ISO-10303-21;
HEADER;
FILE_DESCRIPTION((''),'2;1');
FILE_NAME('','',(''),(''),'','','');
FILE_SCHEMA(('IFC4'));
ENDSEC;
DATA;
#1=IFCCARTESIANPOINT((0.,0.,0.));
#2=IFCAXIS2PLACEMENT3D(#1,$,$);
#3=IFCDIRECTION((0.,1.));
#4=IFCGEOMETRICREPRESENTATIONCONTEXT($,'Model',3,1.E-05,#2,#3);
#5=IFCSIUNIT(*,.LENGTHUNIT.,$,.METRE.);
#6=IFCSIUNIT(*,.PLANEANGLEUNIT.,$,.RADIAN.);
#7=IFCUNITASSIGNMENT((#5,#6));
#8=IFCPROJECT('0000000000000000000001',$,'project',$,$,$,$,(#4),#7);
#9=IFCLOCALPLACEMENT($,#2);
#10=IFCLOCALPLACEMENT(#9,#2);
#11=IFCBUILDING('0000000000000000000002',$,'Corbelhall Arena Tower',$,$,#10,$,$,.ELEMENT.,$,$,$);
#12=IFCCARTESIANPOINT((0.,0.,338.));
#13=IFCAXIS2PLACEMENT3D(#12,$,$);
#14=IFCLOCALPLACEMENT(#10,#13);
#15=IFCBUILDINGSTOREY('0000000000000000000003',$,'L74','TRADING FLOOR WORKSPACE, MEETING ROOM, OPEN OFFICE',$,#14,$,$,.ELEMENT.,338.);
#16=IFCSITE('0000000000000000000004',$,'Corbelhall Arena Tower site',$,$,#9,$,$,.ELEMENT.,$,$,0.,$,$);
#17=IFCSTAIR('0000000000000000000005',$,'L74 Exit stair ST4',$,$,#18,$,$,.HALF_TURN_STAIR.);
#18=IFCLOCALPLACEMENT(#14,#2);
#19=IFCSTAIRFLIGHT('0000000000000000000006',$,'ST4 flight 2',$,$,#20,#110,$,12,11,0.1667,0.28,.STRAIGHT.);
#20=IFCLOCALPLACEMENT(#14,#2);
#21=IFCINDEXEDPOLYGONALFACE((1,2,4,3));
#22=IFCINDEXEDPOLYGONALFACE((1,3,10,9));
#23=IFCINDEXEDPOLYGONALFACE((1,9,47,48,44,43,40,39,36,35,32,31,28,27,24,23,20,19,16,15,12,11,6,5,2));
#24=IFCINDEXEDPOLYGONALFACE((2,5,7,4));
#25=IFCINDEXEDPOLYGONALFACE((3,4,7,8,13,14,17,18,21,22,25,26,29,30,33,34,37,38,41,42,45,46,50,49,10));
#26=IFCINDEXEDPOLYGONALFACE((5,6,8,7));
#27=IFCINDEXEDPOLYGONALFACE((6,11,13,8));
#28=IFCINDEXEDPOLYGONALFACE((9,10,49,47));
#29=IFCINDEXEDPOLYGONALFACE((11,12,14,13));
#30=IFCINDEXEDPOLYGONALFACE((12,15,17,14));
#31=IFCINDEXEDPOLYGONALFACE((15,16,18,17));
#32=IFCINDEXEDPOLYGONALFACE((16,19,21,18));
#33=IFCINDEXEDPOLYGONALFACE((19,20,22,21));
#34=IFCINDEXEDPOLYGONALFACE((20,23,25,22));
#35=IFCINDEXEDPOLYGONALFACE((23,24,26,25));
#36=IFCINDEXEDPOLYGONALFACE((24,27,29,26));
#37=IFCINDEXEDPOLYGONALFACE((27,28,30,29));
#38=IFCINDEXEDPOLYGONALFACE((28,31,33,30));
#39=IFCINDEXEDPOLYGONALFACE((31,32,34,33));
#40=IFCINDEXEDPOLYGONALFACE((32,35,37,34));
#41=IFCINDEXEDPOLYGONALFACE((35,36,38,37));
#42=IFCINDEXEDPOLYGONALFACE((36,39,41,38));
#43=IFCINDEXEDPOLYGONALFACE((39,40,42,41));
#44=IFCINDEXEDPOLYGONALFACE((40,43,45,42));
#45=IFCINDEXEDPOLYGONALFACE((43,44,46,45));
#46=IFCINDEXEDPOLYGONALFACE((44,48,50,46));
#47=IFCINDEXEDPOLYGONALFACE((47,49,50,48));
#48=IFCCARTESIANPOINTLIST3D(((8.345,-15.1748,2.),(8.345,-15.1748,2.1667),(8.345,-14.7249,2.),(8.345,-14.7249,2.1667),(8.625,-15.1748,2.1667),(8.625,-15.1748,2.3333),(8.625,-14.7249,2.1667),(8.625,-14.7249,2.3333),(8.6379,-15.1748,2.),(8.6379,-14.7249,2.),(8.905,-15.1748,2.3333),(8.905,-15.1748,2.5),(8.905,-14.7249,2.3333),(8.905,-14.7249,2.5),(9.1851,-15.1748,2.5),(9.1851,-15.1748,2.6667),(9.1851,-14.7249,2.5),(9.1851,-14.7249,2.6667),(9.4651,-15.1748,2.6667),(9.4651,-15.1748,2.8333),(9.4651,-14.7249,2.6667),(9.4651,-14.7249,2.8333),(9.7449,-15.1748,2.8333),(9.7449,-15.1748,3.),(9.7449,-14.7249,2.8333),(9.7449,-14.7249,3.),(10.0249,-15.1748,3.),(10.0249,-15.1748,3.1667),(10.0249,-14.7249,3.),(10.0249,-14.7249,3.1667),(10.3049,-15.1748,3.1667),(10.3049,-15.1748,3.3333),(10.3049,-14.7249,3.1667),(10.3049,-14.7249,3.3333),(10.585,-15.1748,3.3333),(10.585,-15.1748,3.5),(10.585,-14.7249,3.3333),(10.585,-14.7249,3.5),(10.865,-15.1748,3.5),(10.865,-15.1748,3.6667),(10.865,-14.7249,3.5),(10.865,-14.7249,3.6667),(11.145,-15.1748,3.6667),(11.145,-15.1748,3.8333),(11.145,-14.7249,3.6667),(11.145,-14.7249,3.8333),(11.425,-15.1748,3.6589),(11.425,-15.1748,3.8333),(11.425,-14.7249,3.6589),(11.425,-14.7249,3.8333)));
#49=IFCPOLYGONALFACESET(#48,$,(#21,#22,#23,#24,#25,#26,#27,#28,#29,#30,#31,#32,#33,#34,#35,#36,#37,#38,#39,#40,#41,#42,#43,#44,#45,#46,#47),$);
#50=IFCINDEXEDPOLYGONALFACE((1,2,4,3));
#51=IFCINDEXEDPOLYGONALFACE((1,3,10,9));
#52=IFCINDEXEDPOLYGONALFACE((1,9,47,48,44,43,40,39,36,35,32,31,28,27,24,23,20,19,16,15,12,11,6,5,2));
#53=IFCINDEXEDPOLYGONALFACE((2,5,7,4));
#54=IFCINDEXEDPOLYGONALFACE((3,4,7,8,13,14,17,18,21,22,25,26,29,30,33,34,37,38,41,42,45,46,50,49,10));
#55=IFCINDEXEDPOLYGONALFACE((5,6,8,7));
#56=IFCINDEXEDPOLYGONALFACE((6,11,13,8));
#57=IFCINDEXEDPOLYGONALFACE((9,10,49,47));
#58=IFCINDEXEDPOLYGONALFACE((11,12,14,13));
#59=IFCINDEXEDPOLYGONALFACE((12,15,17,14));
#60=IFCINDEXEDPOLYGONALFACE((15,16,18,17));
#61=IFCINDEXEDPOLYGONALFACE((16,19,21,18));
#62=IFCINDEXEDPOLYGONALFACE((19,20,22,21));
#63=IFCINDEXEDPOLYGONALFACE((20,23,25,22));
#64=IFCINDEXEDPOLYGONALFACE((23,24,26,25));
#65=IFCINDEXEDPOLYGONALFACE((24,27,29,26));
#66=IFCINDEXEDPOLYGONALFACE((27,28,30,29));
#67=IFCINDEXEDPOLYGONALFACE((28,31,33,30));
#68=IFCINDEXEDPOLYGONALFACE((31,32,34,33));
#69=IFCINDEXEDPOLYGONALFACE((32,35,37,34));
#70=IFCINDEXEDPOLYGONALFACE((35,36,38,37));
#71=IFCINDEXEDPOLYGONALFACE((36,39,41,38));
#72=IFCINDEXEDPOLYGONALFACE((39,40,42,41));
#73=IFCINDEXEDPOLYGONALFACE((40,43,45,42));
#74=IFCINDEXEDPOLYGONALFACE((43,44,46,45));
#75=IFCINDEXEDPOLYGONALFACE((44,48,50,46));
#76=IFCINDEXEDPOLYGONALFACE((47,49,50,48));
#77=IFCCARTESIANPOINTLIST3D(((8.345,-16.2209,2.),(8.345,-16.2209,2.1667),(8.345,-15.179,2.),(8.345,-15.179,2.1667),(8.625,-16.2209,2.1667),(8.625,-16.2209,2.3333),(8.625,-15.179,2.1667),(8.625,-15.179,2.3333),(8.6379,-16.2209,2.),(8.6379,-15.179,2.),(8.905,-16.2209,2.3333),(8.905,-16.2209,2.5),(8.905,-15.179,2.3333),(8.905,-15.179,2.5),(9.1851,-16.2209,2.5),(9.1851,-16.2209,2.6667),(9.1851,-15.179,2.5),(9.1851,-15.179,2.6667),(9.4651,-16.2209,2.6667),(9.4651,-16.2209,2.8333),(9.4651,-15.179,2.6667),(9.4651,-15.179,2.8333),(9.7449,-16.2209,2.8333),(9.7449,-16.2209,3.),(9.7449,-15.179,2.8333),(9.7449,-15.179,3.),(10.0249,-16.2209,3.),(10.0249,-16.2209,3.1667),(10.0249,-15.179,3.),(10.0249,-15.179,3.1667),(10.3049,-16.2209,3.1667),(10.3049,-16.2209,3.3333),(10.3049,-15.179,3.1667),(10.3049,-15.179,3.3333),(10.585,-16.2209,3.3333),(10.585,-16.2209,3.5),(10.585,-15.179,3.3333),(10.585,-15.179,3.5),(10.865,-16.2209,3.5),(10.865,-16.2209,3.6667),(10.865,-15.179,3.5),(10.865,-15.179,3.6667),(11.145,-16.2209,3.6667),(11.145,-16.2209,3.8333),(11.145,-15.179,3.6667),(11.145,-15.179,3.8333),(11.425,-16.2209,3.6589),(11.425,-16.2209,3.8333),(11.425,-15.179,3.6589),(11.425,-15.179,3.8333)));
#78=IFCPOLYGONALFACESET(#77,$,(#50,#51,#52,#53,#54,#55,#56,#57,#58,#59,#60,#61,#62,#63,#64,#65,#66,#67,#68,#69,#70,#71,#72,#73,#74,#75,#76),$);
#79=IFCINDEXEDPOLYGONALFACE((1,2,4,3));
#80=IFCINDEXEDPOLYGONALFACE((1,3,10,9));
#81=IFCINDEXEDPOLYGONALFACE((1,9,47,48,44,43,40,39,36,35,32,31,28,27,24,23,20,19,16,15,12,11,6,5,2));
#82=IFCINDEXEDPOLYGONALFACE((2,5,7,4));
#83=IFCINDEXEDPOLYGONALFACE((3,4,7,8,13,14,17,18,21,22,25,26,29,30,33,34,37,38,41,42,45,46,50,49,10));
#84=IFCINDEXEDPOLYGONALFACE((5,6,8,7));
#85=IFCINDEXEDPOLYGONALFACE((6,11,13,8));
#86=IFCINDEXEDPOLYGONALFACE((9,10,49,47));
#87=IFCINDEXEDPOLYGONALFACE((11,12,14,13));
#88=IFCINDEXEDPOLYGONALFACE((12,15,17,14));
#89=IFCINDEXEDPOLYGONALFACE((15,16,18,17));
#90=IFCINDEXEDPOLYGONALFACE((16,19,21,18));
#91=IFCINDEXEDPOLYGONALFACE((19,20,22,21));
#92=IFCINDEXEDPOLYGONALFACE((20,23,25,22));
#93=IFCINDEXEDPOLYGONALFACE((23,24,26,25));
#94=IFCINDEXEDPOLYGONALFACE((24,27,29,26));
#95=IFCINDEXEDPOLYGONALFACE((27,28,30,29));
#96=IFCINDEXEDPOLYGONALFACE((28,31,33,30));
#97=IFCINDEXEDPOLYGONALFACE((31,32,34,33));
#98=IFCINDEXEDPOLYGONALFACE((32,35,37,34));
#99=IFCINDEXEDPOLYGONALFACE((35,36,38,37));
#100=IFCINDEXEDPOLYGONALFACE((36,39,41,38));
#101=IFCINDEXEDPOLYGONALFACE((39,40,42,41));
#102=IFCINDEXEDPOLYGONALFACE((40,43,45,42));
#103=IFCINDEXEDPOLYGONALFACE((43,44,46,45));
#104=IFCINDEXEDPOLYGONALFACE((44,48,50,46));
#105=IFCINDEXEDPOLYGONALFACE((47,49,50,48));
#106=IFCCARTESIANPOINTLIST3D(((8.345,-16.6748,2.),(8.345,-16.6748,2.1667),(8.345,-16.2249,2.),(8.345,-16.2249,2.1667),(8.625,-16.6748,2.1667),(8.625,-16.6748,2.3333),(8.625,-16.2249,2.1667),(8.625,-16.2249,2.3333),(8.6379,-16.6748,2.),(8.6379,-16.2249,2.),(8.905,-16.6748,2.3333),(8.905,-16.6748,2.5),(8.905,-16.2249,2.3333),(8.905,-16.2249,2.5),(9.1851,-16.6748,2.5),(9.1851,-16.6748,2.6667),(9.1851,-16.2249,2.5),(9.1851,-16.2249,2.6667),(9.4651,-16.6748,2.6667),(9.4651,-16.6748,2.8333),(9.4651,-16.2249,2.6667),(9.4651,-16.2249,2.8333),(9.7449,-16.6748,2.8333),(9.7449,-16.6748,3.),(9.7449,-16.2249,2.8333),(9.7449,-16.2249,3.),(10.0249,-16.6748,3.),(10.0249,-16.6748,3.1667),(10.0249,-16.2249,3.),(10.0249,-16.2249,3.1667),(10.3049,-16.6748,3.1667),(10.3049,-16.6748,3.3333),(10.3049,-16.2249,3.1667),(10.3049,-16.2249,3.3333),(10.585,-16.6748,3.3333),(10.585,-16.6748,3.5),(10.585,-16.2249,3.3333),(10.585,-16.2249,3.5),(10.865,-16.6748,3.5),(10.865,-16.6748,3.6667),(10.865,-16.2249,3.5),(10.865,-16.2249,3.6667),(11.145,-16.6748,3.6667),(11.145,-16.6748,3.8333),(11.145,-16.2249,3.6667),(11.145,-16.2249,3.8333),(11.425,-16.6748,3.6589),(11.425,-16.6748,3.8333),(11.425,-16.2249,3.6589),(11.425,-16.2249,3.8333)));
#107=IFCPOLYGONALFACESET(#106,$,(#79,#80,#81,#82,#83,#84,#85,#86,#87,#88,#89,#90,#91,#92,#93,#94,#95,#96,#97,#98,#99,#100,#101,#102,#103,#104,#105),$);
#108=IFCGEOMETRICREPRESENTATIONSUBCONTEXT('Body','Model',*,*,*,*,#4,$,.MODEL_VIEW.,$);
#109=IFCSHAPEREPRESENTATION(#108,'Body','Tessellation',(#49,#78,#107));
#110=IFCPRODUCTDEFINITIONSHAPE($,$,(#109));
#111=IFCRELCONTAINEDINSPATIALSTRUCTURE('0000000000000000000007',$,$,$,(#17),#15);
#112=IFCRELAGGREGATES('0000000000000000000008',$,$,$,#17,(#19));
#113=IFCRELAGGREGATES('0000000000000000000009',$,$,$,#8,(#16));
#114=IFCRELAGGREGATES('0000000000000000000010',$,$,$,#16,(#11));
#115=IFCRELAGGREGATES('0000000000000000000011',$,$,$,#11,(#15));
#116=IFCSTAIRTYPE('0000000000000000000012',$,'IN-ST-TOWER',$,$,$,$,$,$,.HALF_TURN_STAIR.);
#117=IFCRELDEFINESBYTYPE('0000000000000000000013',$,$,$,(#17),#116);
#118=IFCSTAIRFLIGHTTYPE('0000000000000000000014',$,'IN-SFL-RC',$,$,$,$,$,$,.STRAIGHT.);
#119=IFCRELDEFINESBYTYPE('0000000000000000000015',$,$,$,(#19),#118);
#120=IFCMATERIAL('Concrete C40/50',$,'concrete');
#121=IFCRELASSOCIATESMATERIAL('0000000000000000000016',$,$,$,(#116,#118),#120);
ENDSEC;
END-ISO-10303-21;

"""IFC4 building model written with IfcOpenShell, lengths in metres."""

from ifc_helpers import new_model, si_unit, direction, frame, origin, place, context, subcontext, project, spatial, polyline, outline, extrude, material, type_object, element, aggregate, save


model = new_model("IFC4")

# Units and contexts
model_context = context("Model", 3, precision=1e-05, world=origin(), true_north=direction((0.0, 1.0)))
body_context = subcontext(model_context, "Body", "Model", "MODEL_VIEW")
ifc_project = project(units=[si_unit("LENGTHUNIT", "METRE"), si_unit("PLANEANGLEUNIT", "RADIAN")], contexts=[model_context])

# Site, building, storey
site_placement = place(None, origin())
site = spatial("IfcSite", under=ifc_project, at=site_placement, Name="Corbelhall Arena Tower site", CompositionType="ELEMENT", RefElevation=0.0)
building_placement = place(site_placement, origin())
building = spatial("IfcBuilding", under=site, at=building_placement, Name="Corbelhall Arena Tower", CompositionType="ELEMENT")
storey_placement = place(building_placement, frame((0.0, 0.0, 338.0)))
storey = spatial("IfcBuildingStorey", under=building, at=storey_placement, Name="L74", Description="TRADING FLOOR WORKSPACE, MEETING ROOM, OPEN OFFICE", CompositionType="ELEMENT", Elevation=338.0)

# Shared definitions
ifc_material_1 = material(Name="Concrete C40/50", Category="concrete")

# Stair, stair flight
stair_type = type_object("IfcStairType", Name="IN-ST-TOWER", PredefinedType="HALF_TURN_STAIR", material=ifc_material_1)
stair_placement = place(storey_placement, origin())
stair = element("IfcStair", 1, at=stair_placement, inside=storey, type_object=stair_type, Name="L74 Exit stair ST4", PredefinedType="HALF_TURN_STAIR")
stair_flight_type = type_object("IfcStairFlightType", Name="IN-SFL-RC", PredefinedType="STRAIGHT", material=ifc_material_1)
stair_flight_1_placement = place(storey_placement, frame((8.345, -15.7, 2.0), z_axis=(0.0, 0.0, 1.0), x_axis=(1.0, 0.0, 0.0)))
stair_flight_1 = element("IfcStairFlight", 2, at=stair_flight_1_placement, type_object=stair_flight_type, Name="ST4 flight 2", NumberOfRisers=12, NumberOfTreads=11, PredefinedType="STRAIGHT", RiserHeight=0.1667, TreadLength=0.28, context=body_context, shape_type="SweptSolid", body=[
    extrude(outline(polyline([(0.0, 0.0), (0.0, 0.1667), (0.28, 0.1667), (0.28, 0.3333), (0.5601, 0.3333), (0.5601, 0.5), (0.8401, 0.5), (0.8401, 0.6667), (1.1201, 0.6667), (1.1201, 0.8333), (1.3999, 0.8333), (1.3999, 1.0), (1.6799, 1.0), (1.6799, 1.1667), (1.96, 1.1667), (1.96, 1.3333), (2.24, 1.3333), (2.24, 1.5), (2.52, 1.5), (2.52, 1.6667), (2.8, 1.6667), (2.8, 1.8333), (3.0801, 1.8333), (3.0801, 2.0), (3.0801, 1.6589), (0.293, 0.0), (0.0, 0.0)])), frame((0.0, 0.9751, 0.0), z_axis=(0.0, -1.0, 0.0), x_axis=(1.0, 0.0, 0.0)), (0.0, 0.0, 1.0), 0.45),
    extrude(outline(polyline([(0.0, 0.0), (0.0, 0.1667), (0.28, 0.1667), (0.28, 0.3333), (0.5601, 0.3333), (0.5601, 0.5), (0.8401, 0.5), (0.8401, 0.6667), (1.1201, 0.6667), (1.1201, 0.8333), (1.3999, 0.8333), (1.3999, 1.0), (1.6799, 1.0), (1.6799, 1.1667), (1.96, 1.1667), (1.96, 1.3333), (2.24, 1.3333), (2.24, 1.5), (2.52, 1.5), (2.52, 1.6667), (2.8, 1.6667), (2.8, 1.8333), (3.0801, 1.8333), (3.0801, 2.0), (3.0801, 1.6589), (0.293, 0.0), (0.0, 0.0)])), frame((0.0, 0.521, 0.0), z_axis=(0.0, -1.0, 0.0), x_axis=(1.0, 0.0, 0.0)), (0.0, 0.0, 1.0), 1.042),
    extrude(outline(polyline([(0.0, 0.0), (0.0, 0.1667), (0.28, 0.1667), (0.28, 0.3333), (0.5601, 0.3333), (0.5601, 0.5), (0.8401, 0.5), (0.8401, 0.6667), (1.1201, 0.6667), (1.1201, 0.8333), (1.3999, 0.8333), (1.3999, 1.0), (1.6799, 1.0), (1.6799, 1.1667), (1.96, 1.1667), (1.96, 1.3333), (2.24, 1.3333), (2.24, 1.5), (2.52, 1.5), (2.52, 1.6667), (2.8, 1.6667), (2.8, 1.8333), (3.0801, 1.8333), (3.0801, 2.0), (3.0801, 1.6589), (0.293, 0.0), (0.0, 0.0)])), frame((0.0, -0.5249, 0.0), z_axis=(0.0, -1.0, 0.0), x_axis=(1.0, 0.0, 0.0)), (0.0, 0.0, 1.0), 0.45),
])
aggregate(stair, [stair_flight_1])

save(model, "model.ifc")
